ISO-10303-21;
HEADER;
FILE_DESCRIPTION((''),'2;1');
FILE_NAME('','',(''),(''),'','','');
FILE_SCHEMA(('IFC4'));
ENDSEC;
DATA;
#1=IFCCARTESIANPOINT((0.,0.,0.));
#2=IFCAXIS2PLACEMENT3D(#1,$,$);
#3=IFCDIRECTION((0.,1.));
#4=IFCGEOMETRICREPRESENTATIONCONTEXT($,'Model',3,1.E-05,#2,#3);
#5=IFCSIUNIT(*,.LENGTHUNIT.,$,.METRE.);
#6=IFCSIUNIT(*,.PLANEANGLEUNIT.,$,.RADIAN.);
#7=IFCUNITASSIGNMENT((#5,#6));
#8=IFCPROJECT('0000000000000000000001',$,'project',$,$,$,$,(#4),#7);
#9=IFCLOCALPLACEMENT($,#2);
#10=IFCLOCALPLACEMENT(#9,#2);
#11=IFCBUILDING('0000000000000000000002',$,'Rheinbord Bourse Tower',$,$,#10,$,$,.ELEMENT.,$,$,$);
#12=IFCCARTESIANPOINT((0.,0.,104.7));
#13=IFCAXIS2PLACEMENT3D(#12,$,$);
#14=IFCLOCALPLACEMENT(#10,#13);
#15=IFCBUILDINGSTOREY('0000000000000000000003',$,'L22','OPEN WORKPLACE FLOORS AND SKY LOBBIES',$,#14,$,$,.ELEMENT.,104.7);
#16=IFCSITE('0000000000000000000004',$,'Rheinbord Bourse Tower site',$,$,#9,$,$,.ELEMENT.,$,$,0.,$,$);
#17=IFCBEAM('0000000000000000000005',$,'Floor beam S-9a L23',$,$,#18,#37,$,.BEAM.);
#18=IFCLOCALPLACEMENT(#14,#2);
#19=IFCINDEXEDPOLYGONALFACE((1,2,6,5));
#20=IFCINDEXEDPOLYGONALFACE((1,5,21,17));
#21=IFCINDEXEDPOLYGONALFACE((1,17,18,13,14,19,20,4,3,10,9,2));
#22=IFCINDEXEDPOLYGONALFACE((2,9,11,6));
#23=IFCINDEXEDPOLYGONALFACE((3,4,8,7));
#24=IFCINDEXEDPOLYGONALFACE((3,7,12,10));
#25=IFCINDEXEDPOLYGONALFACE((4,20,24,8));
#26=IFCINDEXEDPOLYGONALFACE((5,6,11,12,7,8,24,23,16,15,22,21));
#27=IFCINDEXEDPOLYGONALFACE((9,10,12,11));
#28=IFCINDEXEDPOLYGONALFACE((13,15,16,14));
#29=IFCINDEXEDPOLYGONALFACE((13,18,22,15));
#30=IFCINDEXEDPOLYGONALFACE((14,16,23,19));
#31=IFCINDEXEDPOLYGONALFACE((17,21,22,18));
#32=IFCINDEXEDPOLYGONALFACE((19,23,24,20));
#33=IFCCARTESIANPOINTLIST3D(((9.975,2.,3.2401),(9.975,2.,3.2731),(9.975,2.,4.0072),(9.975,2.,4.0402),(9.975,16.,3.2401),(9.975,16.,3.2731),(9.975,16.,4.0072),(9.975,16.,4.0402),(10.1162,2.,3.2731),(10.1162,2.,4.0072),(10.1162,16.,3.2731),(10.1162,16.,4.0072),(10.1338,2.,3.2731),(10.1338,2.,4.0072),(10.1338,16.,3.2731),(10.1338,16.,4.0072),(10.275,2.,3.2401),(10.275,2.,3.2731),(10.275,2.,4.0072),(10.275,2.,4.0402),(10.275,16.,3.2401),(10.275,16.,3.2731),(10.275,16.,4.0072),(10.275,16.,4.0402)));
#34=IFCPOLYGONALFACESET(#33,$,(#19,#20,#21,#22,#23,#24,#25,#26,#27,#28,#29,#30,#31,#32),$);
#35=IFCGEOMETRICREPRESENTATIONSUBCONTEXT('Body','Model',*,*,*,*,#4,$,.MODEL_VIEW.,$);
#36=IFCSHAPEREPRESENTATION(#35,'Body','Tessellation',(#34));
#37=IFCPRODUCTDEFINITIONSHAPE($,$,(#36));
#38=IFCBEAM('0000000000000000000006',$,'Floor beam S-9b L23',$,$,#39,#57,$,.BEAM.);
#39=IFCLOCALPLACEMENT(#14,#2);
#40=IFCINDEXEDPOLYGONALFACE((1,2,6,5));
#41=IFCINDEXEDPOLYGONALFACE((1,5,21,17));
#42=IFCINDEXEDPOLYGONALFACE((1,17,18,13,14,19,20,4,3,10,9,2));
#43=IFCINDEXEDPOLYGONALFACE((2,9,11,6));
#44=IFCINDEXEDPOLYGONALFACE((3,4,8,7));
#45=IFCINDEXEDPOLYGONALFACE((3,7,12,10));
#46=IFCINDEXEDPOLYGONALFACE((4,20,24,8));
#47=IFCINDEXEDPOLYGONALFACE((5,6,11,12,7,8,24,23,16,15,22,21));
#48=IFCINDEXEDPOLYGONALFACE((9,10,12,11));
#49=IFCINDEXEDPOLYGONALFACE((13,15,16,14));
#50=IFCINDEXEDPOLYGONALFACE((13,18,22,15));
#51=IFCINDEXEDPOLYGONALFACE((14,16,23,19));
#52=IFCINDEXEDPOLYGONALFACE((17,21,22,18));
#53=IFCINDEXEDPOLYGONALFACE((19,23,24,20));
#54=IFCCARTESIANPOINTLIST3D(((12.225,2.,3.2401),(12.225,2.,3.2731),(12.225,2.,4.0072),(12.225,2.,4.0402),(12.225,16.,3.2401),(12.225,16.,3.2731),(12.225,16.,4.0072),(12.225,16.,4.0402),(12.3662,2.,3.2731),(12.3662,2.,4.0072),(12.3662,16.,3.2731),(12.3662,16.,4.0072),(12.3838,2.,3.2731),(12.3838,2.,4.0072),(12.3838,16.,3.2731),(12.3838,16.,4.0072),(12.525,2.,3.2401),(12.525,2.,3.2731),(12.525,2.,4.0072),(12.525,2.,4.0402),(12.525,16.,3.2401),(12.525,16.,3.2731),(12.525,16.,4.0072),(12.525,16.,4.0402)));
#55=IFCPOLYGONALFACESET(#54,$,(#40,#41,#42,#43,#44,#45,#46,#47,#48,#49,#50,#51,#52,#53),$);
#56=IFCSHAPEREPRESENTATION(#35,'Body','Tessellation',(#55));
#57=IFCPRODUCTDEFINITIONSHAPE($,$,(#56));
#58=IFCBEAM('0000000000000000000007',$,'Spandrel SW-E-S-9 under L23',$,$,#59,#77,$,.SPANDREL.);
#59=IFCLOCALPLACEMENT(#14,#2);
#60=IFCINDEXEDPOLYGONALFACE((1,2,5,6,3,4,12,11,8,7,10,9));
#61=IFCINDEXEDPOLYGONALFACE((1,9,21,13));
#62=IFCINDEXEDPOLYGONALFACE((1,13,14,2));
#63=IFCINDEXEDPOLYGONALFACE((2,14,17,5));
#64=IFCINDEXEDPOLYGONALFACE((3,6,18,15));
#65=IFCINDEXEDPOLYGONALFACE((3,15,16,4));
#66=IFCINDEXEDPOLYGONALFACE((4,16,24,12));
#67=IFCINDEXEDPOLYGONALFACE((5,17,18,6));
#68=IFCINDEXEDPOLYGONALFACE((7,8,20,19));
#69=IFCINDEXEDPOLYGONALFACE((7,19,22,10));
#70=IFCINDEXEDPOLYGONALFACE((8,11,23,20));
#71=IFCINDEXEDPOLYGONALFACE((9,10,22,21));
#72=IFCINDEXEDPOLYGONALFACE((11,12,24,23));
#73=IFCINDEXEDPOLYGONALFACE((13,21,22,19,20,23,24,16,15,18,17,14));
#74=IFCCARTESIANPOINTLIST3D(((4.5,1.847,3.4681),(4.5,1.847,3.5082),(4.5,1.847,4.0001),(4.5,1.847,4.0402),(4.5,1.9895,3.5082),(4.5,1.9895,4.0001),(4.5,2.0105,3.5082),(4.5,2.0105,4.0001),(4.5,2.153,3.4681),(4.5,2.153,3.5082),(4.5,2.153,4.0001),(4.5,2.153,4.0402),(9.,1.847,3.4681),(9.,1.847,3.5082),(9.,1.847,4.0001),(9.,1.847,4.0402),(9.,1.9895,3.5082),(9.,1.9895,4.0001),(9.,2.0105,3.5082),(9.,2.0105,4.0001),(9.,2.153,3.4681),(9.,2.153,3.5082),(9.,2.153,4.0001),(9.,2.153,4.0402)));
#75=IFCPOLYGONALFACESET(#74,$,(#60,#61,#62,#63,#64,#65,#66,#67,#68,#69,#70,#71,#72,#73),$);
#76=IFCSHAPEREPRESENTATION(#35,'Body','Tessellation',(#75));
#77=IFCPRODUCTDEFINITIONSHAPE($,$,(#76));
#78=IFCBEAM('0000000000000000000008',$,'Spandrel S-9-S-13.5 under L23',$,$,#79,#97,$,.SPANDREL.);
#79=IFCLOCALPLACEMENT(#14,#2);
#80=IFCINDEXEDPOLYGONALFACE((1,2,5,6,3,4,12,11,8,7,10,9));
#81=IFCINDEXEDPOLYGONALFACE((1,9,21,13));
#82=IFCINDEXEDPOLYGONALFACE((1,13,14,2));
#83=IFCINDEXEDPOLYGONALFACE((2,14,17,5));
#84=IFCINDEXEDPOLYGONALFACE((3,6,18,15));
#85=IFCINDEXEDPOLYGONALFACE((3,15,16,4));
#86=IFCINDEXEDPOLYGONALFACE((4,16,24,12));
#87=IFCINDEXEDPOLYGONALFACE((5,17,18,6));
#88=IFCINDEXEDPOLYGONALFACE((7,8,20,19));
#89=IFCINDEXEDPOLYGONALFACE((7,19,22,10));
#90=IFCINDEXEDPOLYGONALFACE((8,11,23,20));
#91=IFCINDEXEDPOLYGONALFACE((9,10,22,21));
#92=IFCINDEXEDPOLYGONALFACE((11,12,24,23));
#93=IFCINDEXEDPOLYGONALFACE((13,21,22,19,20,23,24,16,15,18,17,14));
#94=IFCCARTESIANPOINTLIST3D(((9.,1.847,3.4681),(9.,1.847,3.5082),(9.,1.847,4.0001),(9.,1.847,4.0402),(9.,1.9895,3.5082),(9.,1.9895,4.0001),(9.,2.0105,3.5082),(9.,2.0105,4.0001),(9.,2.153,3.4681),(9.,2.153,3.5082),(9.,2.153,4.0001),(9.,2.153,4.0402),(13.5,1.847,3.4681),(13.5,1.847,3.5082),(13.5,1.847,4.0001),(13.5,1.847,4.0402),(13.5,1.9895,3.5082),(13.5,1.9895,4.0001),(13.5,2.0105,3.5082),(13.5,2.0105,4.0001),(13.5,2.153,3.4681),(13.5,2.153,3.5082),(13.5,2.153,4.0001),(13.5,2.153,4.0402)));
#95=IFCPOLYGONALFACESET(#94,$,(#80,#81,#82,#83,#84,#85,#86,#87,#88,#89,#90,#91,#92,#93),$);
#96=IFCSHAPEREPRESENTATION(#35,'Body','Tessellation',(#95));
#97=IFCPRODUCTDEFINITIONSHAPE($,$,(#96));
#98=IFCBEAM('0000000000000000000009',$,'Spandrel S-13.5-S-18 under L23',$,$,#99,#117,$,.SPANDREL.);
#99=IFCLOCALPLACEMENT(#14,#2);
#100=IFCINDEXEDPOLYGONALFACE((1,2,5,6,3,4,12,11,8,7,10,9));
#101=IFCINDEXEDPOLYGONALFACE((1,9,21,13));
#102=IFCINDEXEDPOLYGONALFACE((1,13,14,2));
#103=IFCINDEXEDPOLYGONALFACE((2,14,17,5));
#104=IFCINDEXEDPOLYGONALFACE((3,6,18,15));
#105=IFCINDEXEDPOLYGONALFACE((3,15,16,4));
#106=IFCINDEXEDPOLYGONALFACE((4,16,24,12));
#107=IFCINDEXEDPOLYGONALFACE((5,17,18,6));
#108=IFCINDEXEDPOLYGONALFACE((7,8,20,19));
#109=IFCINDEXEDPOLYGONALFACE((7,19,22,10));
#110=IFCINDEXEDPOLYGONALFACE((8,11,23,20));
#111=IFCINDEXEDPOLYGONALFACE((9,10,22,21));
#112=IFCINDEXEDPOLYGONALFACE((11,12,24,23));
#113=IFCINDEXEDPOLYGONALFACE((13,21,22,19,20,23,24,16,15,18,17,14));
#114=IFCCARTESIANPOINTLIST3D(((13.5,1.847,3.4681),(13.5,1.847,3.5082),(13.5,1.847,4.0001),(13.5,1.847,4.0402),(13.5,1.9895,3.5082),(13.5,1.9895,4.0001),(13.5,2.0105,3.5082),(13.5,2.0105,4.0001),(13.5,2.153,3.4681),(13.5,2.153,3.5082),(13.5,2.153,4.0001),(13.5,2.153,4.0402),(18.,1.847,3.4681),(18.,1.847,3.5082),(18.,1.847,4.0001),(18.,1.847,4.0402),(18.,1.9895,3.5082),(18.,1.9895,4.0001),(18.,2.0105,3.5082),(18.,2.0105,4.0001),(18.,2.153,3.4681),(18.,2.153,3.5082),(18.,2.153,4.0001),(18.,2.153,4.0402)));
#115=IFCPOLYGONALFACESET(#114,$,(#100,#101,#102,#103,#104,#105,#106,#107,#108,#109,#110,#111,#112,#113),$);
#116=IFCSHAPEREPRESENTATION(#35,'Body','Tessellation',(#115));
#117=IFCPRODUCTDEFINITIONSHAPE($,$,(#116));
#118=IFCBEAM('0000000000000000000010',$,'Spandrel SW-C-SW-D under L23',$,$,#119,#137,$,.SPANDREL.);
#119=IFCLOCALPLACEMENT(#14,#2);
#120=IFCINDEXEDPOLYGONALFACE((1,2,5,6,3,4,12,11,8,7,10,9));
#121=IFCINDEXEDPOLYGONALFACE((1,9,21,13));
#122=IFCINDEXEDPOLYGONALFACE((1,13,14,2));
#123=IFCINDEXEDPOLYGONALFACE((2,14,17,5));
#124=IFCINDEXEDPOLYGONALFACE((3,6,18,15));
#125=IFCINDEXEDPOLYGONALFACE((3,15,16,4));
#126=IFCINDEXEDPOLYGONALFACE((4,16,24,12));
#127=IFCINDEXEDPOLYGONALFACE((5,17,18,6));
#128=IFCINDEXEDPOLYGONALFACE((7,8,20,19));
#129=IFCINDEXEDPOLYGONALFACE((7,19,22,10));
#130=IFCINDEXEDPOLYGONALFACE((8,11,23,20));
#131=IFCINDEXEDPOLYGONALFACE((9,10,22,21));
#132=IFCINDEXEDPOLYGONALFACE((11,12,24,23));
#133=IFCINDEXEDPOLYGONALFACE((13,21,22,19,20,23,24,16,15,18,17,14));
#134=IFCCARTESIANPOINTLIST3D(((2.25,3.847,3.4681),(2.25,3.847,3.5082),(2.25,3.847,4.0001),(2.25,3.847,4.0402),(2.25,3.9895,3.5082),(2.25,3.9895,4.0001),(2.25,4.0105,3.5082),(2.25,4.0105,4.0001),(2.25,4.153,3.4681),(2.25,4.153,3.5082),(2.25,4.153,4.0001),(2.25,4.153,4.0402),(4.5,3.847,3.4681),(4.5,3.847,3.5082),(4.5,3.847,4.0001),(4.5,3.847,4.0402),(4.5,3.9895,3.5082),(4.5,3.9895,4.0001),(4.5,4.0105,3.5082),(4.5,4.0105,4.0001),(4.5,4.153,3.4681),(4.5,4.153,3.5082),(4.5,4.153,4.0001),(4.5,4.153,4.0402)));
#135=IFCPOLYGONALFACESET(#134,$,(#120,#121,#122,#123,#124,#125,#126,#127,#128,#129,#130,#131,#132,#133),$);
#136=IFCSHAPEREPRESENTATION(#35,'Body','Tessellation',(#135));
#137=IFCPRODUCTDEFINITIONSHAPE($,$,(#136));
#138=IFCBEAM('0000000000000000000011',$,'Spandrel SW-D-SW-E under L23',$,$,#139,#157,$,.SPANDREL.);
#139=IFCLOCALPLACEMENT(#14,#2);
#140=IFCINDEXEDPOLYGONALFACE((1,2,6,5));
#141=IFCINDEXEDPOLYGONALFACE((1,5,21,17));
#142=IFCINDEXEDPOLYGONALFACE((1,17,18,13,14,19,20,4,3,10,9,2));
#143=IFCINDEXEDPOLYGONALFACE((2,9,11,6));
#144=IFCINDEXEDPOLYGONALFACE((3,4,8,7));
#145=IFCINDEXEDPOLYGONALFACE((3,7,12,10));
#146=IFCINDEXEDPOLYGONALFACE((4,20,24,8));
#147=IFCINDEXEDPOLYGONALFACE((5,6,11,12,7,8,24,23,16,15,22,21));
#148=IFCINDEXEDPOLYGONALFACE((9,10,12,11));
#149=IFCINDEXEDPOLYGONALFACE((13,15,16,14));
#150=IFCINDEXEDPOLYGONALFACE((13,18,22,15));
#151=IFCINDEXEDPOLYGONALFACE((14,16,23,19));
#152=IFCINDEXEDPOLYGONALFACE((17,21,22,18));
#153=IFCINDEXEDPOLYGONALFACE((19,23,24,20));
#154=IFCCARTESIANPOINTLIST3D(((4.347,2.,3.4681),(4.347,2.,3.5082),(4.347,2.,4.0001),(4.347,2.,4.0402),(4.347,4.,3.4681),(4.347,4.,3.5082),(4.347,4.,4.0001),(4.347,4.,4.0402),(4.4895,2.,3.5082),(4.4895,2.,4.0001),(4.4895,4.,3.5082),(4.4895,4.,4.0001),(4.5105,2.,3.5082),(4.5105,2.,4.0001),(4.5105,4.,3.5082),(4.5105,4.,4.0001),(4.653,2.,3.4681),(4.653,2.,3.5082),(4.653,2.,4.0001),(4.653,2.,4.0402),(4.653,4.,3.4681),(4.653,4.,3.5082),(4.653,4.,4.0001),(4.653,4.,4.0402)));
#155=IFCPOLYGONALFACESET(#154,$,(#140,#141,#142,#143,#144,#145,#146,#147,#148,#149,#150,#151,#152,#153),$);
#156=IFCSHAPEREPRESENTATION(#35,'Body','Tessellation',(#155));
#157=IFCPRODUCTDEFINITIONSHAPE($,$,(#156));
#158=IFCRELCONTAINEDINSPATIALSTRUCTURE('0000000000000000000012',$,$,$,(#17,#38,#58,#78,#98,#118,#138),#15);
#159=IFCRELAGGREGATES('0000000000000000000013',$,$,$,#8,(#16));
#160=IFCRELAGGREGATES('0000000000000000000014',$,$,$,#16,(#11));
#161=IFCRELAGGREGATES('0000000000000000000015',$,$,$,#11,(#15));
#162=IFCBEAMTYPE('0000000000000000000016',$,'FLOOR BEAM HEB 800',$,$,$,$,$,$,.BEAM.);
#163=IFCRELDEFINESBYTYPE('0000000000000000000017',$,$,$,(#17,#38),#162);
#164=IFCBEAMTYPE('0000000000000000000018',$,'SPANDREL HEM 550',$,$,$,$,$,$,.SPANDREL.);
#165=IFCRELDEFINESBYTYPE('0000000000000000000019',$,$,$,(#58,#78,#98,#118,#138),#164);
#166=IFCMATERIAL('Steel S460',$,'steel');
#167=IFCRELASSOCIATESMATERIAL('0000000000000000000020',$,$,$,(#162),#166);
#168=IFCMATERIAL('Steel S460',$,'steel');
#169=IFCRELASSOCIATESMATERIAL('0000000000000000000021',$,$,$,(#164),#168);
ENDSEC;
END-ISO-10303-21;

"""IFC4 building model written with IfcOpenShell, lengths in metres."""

from ifc_helpers import new_model, si_unit, direction, frame, origin, origin_2d, place, context, subcontext, project, spatial, i_section, extrude, material, material_profile, profile_set, type_object, element, save


model = new_model("IFC4")

# Units and contexts
model_context = context("Model", 3, precision=1e-05, world=origin(), true_north=direction((0.0, 1.0)))
body_context = subcontext(model_context, "Body", "Model", "MODEL_VIEW")
ifc_project = project(units=[si_unit("LENGTHUNIT", "METRE"), si_unit("PLANEANGLEUNIT", "RADIAN")], contexts=[model_context])

# Site, building, storey
site_placement = place(None, origin())
site = spatial("IfcSite", under=ifc_project, at=site_placement, Name="Rheinbord Bourse Tower site", CompositionType="ELEMENT", RefElevation=0.0)
building_placement = place(site_placement, origin())
building = spatial("IfcBuilding", under=site, at=building_placement, Name="Rheinbord Bourse Tower", CompositionType="ELEMENT")
storey_placement = place(building_placement, frame((0.0, 0.0, 104.7)))
storey = spatial("IfcBuildingStorey", under=building, at=storey_placement, Name="L22", Description="OPEN WORKPLACE FLOORS AND SKY LOBBIES", CompositionType="ELEMENT", Elevation=104.7)

# Beams
ifc_material_1 = material(Name="Steel S460", Category="steel")
ifc_material_profile_1 = material_profile(ifc_material_1, i_section(OverallWidth=0.3, OverallDepth=0.8, WebThickness=0.0176, FlangeThickness=0.033, at=origin_2d()), Name="HEB 800")
ifc_profile_set_1 = profile_set([ifc_material_profile_1], Name="Steel S460")
beam_type_1 = type_object("IfcBeamType", Name="FLOOR BEAM HEB 800", PredefinedType="BEAM", material=ifc_profile_set_1)
for number, where, z_axis, x_axis, name in (
    (1, (10.125, 2.0, 3.6401), (0.0, 1.0, 0.0), (-1.0, 0.0, 0.0), "Floor beam S-9a L23"),
    (2, (12.375, 2.0, 3.6401), (0.0, 1.0, 0.0), (-1.0, 0.0, 0.0), "Floor beam S-9b L23"),
):
    element("IfcBeam", number, at=place(storey_placement, frame(where, z_axis=z_axis, x_axis=x_axis)), inside=storey, type_object=beam_type_1, Name=name, PredefinedType="BEAM", context=body_context, shape_type="SweptSolid", body=[
        extrude(i_section(OverallWidth=0.3, OverallDepth=0.8, WebThickness=0.0176, FlangeThickness=0.033, at=origin_2d()), origin(), (0.0, 0.0, 1.0), 14.0),
    ])
ifc_material_2 = material(Name="Steel S460", Category="steel")
ifc_material_profile_2 = material_profile(ifc_material_2, i_section(OverallWidth=0.3059, OverallDepth=0.572, WebThickness=0.021, FlangeThickness=0.04, at=origin_2d()), Name="HEM 550")
ifc_profile_set_2 = profile_set([ifc_material_profile_2], Name="Steel S460")
beam_type_2 = type_object("IfcBeamType", Name="SPANDREL HEM 550", PredefinedType="SPANDREL", material=ifc_profile_set_2)
for number, where, z_axis, x_axis, name in (
    (3, (4.5, 2.0, 3.7542), (1.0, 0.0, 0.0), (0.0, 1.0, 0.0), "Spandrel SW-E-S-9 under L23"),
    (4, (9.0, 2.0, 3.7542), (1.0, 0.0, 0.0), (0.0, 1.0, 0.0), "Spandrel S-9-S-13.5 under L23"),
    (5, (13.5, 2.0, 3.7542), (1.0, 0.0, 0.0), (0.0, 1.0, 0.0), "Spandrel S-13.5-S-18 under L23"),
):
    element("IfcBeam", number, at=place(storey_placement, frame(where, z_axis=z_axis, x_axis=x_axis)), inside=storey, type_object=beam_type_2, Name=name, PredefinedType="SPANDREL", context=body_context, shape_type="SweptSolid", body=[
        extrude(i_section(OverallWidth=0.3059, OverallDepth=0.572, WebThickness=0.021, FlangeThickness=0.04, at=origin_2d()), origin(), (0.0, 0.0, 1.0), 4.5),
    ])
beam_1_placement = place(storey_placement, frame((2.25, 4.0, 3.7542), z_axis=(1.0, 0.0, 0.0), x_axis=(0.0, 1.0, 0.0)))
element("IfcBeam", 6, at=beam_1_placement, inside=storey, type_object=beam_type_2, Name="Spandrel SW-C-SW-D under L23", PredefinedType="SPANDREL", context=body_context, shape_type="SweptSolid", body=[
    extrude(i_section(OverallWidth=0.3059, OverallDepth=0.572, WebThickness=0.021, FlangeThickness=0.04, at=origin_2d()), origin(), (0.0, 0.0, 1.0), 2.25),
])
beam_2_placement = place(storey_placement, frame((4.5, 4.0, 3.7542), z_axis=(0.0, -1.0, 0.0), x_axis=(1.0, 0.0, 0.0)))
element("IfcBeam", 7, at=beam_2_placement, inside=storey, type_object=beam_type_2, Name="Spandrel SW-D-SW-E under L23", PredefinedType="SPANDREL", context=body_context, shape_type="SweptSolid", body=[
    extrude(i_section(OverallWidth=0.3059, OverallDepth=0.572, WebThickness=0.021, FlangeThickness=0.04, at=origin_2d()), origin(), (0.0, 0.0, 1.0), 2.0),
])

save(model, "model.ifc")
